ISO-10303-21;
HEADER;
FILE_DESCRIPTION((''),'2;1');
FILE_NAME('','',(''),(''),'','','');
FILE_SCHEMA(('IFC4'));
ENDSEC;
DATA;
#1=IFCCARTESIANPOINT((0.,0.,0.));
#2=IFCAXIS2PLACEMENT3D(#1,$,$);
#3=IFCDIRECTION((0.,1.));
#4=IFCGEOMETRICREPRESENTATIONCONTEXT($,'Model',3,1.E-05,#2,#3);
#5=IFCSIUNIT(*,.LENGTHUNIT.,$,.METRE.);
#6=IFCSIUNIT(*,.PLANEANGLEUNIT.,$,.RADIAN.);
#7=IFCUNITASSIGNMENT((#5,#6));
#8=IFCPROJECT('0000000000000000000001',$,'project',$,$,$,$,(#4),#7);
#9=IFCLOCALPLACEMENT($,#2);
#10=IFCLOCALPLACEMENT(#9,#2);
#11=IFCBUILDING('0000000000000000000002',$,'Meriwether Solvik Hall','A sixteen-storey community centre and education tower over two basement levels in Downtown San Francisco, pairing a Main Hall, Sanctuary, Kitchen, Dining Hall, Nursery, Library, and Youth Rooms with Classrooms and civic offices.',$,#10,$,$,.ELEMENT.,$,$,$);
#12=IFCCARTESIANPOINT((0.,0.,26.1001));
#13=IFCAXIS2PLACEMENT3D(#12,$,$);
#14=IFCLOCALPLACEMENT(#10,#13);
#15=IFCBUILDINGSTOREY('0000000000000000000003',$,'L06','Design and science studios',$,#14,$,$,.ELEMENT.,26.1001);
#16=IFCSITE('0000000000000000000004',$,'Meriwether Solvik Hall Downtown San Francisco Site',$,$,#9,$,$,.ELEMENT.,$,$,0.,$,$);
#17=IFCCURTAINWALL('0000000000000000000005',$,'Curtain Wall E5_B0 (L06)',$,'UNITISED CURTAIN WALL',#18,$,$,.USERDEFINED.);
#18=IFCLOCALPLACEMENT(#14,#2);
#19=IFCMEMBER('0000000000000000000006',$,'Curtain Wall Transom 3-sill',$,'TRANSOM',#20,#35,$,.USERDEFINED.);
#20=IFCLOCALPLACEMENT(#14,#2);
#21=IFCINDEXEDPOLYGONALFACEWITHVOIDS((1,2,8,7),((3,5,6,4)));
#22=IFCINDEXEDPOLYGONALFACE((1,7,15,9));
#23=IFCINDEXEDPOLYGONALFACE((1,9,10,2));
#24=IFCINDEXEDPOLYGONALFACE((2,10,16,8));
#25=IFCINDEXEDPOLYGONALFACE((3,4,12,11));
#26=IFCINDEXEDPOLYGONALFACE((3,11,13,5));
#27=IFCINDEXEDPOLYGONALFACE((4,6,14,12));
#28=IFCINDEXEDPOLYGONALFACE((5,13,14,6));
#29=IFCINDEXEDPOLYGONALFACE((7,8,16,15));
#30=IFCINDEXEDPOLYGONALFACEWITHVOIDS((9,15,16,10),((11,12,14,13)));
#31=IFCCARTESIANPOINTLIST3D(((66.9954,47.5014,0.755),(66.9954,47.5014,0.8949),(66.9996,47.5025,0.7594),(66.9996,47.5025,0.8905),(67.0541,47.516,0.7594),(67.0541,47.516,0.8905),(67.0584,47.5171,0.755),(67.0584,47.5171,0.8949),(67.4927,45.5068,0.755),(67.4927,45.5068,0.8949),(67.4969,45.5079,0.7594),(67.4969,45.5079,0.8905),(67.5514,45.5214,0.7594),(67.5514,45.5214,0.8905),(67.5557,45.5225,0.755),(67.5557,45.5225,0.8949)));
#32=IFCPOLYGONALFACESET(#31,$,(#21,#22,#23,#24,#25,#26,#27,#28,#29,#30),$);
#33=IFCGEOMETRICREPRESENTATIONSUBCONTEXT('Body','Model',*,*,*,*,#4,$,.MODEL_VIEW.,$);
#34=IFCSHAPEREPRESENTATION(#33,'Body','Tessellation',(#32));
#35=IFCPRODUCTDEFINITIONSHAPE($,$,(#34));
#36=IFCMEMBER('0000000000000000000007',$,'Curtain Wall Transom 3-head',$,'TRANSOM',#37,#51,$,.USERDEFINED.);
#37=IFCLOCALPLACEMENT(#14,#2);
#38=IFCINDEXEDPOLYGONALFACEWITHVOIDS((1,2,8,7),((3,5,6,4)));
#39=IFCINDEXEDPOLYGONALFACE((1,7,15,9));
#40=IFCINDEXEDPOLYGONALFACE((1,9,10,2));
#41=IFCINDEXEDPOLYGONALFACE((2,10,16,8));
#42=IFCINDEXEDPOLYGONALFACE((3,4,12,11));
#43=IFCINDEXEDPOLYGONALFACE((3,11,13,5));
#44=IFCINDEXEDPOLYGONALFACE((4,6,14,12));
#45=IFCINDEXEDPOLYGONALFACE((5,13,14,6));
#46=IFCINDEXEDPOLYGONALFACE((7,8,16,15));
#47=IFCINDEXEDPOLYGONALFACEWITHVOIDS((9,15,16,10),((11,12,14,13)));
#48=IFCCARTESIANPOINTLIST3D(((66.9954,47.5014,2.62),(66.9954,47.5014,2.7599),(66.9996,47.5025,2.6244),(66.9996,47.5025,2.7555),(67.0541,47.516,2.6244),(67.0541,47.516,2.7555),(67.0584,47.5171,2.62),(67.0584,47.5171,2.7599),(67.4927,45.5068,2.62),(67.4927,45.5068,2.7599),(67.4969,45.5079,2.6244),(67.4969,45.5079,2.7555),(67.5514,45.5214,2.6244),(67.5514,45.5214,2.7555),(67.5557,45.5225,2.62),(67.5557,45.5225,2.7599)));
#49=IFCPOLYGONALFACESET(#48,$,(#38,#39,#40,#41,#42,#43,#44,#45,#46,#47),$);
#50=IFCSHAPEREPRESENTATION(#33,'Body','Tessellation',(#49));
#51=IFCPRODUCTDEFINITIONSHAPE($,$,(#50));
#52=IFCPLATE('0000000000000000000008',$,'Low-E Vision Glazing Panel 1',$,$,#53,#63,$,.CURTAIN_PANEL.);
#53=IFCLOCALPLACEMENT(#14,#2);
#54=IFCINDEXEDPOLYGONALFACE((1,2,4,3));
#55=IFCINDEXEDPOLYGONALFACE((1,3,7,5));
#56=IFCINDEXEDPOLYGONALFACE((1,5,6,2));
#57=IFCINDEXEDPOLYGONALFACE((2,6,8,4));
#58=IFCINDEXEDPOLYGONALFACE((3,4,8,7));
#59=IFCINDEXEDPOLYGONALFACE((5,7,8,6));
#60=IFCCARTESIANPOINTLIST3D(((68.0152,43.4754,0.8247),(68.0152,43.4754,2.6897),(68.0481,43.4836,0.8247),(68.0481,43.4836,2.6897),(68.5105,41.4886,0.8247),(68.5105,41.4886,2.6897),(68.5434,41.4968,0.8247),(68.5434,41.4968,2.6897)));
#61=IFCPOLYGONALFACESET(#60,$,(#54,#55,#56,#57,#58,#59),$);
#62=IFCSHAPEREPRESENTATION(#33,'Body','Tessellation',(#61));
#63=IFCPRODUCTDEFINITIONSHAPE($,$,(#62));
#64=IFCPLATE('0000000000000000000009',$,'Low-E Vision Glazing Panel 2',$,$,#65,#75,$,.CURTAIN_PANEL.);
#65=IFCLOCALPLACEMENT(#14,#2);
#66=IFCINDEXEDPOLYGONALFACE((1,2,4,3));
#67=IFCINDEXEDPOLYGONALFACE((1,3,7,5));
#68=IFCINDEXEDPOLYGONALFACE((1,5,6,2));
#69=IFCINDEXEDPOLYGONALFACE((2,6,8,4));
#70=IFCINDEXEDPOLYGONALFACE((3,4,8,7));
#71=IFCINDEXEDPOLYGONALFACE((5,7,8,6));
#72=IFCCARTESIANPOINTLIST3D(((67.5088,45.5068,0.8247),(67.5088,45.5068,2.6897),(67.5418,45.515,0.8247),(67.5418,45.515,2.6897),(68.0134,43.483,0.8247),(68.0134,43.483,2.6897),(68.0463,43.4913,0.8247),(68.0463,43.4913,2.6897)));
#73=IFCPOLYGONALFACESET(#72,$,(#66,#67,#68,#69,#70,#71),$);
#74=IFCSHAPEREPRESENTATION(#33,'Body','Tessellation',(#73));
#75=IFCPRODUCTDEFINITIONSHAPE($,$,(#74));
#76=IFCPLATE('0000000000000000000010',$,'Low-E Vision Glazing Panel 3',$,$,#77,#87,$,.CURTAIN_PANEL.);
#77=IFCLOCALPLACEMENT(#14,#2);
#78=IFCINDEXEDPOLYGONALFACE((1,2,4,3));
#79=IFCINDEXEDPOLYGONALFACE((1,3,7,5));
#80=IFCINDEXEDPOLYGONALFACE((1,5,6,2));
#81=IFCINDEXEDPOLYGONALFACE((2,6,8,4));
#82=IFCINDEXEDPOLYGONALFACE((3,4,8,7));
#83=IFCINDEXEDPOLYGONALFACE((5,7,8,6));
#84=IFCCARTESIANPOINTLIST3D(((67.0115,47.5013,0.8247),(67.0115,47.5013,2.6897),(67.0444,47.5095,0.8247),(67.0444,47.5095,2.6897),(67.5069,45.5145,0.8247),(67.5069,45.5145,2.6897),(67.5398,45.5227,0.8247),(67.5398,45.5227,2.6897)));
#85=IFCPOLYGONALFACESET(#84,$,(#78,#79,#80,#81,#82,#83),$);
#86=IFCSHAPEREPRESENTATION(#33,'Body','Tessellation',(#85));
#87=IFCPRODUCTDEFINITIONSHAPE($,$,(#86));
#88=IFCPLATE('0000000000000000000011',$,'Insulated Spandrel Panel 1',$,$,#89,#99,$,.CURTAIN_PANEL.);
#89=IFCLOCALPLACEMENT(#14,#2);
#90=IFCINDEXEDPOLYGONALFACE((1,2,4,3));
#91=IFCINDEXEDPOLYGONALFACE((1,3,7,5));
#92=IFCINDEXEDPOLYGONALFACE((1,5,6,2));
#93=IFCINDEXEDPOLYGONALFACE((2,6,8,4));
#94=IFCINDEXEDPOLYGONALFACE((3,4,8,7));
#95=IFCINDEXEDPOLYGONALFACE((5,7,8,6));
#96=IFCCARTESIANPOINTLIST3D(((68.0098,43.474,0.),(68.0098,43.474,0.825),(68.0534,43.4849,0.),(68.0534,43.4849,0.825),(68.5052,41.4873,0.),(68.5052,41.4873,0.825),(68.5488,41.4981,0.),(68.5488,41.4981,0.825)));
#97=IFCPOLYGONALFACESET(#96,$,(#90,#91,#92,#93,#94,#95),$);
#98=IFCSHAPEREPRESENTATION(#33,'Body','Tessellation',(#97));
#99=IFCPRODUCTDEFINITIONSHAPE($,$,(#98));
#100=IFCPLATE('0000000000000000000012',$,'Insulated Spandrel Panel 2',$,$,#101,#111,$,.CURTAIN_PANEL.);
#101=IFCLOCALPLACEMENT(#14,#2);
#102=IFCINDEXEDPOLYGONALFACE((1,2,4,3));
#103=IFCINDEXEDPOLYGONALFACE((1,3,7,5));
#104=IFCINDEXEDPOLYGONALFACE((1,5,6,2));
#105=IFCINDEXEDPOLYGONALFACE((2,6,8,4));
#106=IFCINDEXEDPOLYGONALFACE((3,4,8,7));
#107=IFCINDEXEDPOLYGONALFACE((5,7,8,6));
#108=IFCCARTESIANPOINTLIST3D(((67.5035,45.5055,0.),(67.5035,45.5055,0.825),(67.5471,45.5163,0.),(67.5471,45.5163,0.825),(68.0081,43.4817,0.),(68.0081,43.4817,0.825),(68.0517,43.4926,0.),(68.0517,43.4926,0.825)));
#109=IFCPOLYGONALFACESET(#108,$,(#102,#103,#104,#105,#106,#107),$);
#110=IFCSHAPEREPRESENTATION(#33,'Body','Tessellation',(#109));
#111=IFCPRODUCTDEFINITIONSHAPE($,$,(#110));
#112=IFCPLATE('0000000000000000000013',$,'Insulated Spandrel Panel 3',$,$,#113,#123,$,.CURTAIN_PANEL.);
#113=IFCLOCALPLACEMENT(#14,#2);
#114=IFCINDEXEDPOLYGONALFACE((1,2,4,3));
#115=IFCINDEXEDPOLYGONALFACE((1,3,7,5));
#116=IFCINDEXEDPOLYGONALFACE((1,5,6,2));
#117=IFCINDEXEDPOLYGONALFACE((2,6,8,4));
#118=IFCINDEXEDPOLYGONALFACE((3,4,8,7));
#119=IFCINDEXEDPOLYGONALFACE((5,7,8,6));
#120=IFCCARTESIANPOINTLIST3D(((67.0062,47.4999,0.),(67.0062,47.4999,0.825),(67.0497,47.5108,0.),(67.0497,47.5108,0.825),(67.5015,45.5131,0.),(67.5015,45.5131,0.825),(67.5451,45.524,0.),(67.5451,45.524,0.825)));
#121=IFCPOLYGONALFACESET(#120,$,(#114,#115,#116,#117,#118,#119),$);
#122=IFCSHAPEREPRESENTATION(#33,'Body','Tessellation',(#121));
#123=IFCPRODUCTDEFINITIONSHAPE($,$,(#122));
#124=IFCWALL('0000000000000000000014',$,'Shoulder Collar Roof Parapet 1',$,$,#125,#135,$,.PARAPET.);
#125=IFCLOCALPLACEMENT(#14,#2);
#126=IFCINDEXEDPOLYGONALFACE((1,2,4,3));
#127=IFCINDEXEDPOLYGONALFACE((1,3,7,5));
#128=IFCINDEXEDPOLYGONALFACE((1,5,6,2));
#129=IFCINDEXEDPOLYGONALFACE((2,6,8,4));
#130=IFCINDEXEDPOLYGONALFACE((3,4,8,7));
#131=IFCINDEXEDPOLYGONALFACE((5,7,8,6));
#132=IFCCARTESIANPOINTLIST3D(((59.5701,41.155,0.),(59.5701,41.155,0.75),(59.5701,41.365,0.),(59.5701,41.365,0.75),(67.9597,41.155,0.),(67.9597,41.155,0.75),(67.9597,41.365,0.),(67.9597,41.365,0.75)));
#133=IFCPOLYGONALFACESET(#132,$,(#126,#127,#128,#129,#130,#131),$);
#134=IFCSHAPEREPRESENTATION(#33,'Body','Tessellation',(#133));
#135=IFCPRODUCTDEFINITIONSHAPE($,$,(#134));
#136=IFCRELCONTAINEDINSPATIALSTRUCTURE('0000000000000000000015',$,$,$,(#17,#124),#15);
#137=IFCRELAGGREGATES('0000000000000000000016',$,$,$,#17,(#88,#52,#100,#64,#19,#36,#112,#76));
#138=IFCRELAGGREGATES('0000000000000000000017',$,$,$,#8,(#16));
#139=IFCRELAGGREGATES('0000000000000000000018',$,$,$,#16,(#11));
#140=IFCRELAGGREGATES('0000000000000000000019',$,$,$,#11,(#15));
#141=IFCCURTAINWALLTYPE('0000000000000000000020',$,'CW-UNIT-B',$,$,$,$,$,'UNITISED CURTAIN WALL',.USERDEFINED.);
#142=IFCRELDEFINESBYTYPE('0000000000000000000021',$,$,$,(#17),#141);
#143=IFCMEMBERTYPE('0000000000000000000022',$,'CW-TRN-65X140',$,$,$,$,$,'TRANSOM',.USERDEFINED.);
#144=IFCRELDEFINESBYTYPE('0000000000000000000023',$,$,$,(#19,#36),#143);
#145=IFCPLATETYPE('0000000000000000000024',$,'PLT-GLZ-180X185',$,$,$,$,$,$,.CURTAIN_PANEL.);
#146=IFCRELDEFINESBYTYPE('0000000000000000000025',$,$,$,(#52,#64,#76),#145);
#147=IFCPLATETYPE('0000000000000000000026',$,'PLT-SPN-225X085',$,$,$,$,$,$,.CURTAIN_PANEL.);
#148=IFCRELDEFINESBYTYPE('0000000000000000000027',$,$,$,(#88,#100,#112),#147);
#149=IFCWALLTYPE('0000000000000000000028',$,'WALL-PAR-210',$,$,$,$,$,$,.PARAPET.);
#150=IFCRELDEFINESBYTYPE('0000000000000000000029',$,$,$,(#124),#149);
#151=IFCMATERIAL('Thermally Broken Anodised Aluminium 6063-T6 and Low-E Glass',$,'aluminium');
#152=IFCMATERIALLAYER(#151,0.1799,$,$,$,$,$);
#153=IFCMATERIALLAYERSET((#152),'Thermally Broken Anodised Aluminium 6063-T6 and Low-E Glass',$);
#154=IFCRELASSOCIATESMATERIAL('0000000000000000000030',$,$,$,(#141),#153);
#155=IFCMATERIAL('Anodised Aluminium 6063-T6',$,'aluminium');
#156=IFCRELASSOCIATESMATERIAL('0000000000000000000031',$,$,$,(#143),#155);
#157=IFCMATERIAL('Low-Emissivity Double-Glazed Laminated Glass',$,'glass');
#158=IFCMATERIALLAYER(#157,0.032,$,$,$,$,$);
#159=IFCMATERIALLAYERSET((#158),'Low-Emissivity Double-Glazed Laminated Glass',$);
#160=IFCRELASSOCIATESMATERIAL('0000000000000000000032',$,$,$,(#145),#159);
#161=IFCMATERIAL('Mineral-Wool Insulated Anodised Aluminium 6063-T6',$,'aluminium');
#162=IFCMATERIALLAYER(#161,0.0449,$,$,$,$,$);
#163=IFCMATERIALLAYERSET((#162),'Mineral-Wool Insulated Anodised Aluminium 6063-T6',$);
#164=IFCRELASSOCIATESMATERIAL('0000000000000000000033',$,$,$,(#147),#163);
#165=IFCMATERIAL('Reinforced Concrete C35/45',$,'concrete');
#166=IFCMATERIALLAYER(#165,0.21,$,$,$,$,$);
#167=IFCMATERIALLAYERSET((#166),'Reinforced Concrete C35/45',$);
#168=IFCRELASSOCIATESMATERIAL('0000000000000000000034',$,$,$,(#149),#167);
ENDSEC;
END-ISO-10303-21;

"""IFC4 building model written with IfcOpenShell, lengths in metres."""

from ifc_helpers import new_model, si_unit, direction, frame, frame_2d, origin, origin_2d, place, context, subcontext, project, spatial, rectangle, hollow_rectangle, extrude, material, layer, layer_set, material_profile, profile_set, type_object, element, aggregate, save


model = new_model("IFC4")

# Units and contexts
model_context = context("Model", 3, precision=1e-05, world=origin(), true_north=direction((0.0, 1.0)))
body_context = subcontext(model_context, "Body", "Model", "MODEL_VIEW")
ifc_project = project(units=[si_unit("LENGTHUNIT", "METRE"), si_unit("PLANEANGLEUNIT", "RADIAN")], contexts=[model_context])

# Site, building, storey
site_placement = place(None, origin())
site = spatial("IfcSite", under=ifc_project, at=site_placement, Name="Meriwether Solvik Hall Downtown San Francisco Site", CompositionType="ELEMENT", RefElevation=0.0)
building_placement = place(site_placement, origin())
building = spatial("IfcBuilding", under=site, at=building_placement, Name="Meriwether Solvik Hall", Description="A sixteen-storey community centre and education tower over two basement levels in Downtown San Francisco, pairing a Main Hall, Sanctuary, Kitchen, Dining Hall, Nursery, Library, and Youth Rooms with Classrooms and civic offices.", CompositionType="ELEMENT")
storey_placement = place(building_placement, frame((0.0, 0.0, 26.1001)))
storey = spatial("IfcBuildingStorey", under=building, at=storey_placement, Name="L06", Description="Design and science studios", CompositionType="ELEMENT", Elevation=26.1001)

# Curtain wall, members, plates
ifc_material_1 = material(Name="Thermally Broken Anodised Aluminium 6063-T6 and Low-E Glass", Category="aluminium")
ifc_layer_1 = layer(ifc_material_1, 0.1799)
ifc_layer_set_1 = layer_set([ifc_layer_1], Name="Thermally Broken Anodised Aluminium 6063-T6 and Low-E Glass")
curtain_wall_type = type_object("IfcCurtainWallType", Name="CW-UNIT-B", ElementType="UNITISED CURTAIN WALL", PredefinedType="USERDEFINED", material=ifc_layer_set_1)
curtain_wall_placement = place(storey_placement, origin())
curtain_wall = element("IfcCurtainWall", 1, at=curtain_wall_placement, inside=storey, type_object=curtain_wall_type, Name="Curtain Wall E5_B0 (L06)", ObjectType="UNITISED CURTAIN WALL", PredefinedType="USERDEFINED")
ifc_material_2 = material(Name="Anodised Aluminium 6063-T6", Category="aluminium")
ifc_material_profile_1 = material_profile(ifc_material_2, hollow_rectangle(XDim=0.0649, YDim=0.1399, WallThickness=0.0044, at=origin_2d()), Name="CWT-65X140")
ifc_profile_set_1 = profile_set([ifc_material_profile_1], Name="Anodised Aluminium 6063-T6")
member_type_1 = type_object("IfcMemberType", Name="CW-TRN-65X140", ElementType="TRANSOM", PredefinedType="USERDEFINED", material=ifc_profile_set_1)
member_1_placement = place(storey_placement, frame((67.5242, 45.5146, 0.825), z_axis=(-0.241921, 0.970296, 0.0), x_axis=(-0.970296, -0.241921, 0.0)))
member_1 = element("IfcMember", 2, at=member_1_placement, type_object=member_type_1, Name="Curtain Wall Transom 3-sill", ObjectType="TRANSOM", PredefinedType="USERDEFINED", context=body_context, shape_type="SweptSolid", body=[
    extrude(hollow_rectangle(XDim=0.0649, YDim=0.1399, WallThickness=0.0044, at=origin_2d()), origin(), (0.0, 0.0, 1.0), 2.0557),
])
member_2_placement = place(storey_placement, frame((67.5242, 45.5146, 2.6899), z_axis=(-0.241921, 0.970296, 0.0), x_axis=(-0.970296, -0.241921, 0.0)))
member_2 = element("IfcMember", 3, at=member_2_placement, type_object=member_type_1, Name="Curtain Wall Transom 3-head", ObjectType="TRANSOM", PredefinedType="USERDEFINED", context=body_context, shape_type="SweptSolid", body=[
    extrude(hollow_rectangle(XDim=0.0649, YDim=0.1399, WallThickness=0.0044, at=origin_2d()), origin(), (0.0, 0.0, 1.0), 2.0557),
])
ifc_material_3 = material(Name="Low-Emissivity Double-Glazed Laminated Glass", Category="glass")
ifc_layer_2 = layer(ifc_material_3, 0.032)
ifc_layer_set_2 = layer_set([ifc_layer_2], Name="Low-Emissivity Double-Glazed Laminated Glass")
plate_type_1 = type_object("IfcPlateType", Name="PLT-GLZ-180X185", PredefinedType="CURTAIN_PANEL", material=ifc_layer_set_2)
plate_1_placement = place(storey_placement, frame((68.2793, 42.4861, 0.8247), z_axis=(0.0, 0.0, 1.0), x_axis=(-0.241922, 0.970296, 0.0)))
plate_1 = element("IfcPlate", 4, at=plate_1_placement, type_object=plate_type_1, Name="Low-E Vision Glazing Panel 1", PredefinedType="CURTAIN_PANEL", context=body_context, shape_type="SweptSolid", body=[
    extrude(rectangle(XDim=2.0476, YDim=0.0339, at=origin_2d()), origin(), (0.0, 0.0, 1.0), 1.865),
])
plate_2_placement = place(storey_placement, frame((67.7776, 44.499, 0.8247), z_axis=(0.0, 0.0, 1.0), x_axis=(-0.241922, 0.970296, 0.0)))
plate_2 = element("IfcPlate", 5, at=plate_2_placement, type_object=plate_type_1, Name="Low-E Vision Glazing Panel 2", PredefinedType="CURTAIN_PANEL", context=body_context, shape_type="SweptSolid", body=[
    extrude(rectangle(XDim=2.0857, YDim=0.0339, at=origin_2d()), origin(), (0.0, 0.0, 1.0), 1.865),
])
plate_3_placement = place(storey_placement, frame((67.2756, 46.512, 0.8247), z_axis=(0.0, 0.0, 1.0), x_axis=(-0.241922, 0.970296, 0.0)))
plate_3 = element("IfcPlate", 6, at=plate_3_placement, type_object=plate_type_1, Name="Low-E Vision Glazing Panel 3", PredefinedType="CURTAIN_PANEL", context=body_context, shape_type="SweptSolid", body=[
    extrude(rectangle(XDim=2.0476, YDim=0.0339, at=origin_2d()), origin(), (0.0, 0.0, 1.0), 1.865),
])
ifc_material_4 = material(Name="Mineral-Wool Insulated Anodised Aluminium 6063-T6", Category="aluminium")
ifc_layer_3 = layer(ifc_material_4, 0.0449)
ifc_layer_set_3 = layer_set([ifc_layer_3], Name="Mineral-Wool Insulated Anodised Aluminium 6063-T6")
plate_type_2 = type_object("IfcPlateType", Name="PLT-SPN-225X085", PredefinedType="CURTAIN_PANEL", material=ifc_layer_set_3)
plate_4_placement = place(storey_placement, frame((68.2793, 42.4861, 0.0), z_axis=(0.0, 0.0, 1.0), x_axis=(-0.241922, 0.970296, 0.0)))
plate_4 = element("IfcPlate", 7, at=plate_4_placement, type_object=plate_type_2, Name="Insulated Spandrel Panel 1", PredefinedType="CURTAIN_PANEL", context=body_context, shape_type="SweptSolid", body=[
    extrude(rectangle(XDim=2.0476, YDim=0.0449, at=origin_2d()), origin(), (0.0, 0.0, 1.0), 0.825),
])
plate_5_placement = place(storey_placement, frame((67.7776, 44.499, 0.0), z_axis=(0.0, 0.0, 1.0), x_axis=(-0.241922, 0.970296, 0.0)))
plate_5 = element("IfcPlate", 8, at=plate_5_placement, type_object=plate_type_2, Name="Insulated Spandrel Panel 2", PredefinedType="CURTAIN_PANEL", context=body_context, shape_type="SweptSolid", body=[
    extrude(rectangle(XDim=2.0857, YDim=0.0449, at=origin_2d()), origin(), (0.0, 0.0, 1.0), 0.825),
])
plate_6_placement = place(storey_placement, frame((67.2756, 46.512, 0.0), z_axis=(0.0, 0.0, 1.0), x_axis=(-0.241922, 0.970296, 0.0)))
plate_6 = element("IfcPlate", 9, at=plate_6_placement, type_object=plate_type_2, Name="Insulated Spandrel Panel 3", PredefinedType="CURTAIN_PANEL", context=body_context, shape_type="SweptSolid", body=[
    extrude(rectangle(XDim=2.0476, YDim=0.0449, at=origin_2d()), origin(), (0.0, 0.0, 1.0), 0.825),
])
aggregate(curtain_wall, [plate_4, plate_1, plate_5, plate_2, member_1, member_2, plate_6, plate_3])

# Wall
ifc_material_5 = material(Name="Reinforced Concrete C35/45", Category="concrete")
ifc_layer_4 = layer(ifc_material_5, 0.21)
ifc_layer_set_4 = layer_set([ifc_layer_4], Name="Reinforced Concrete C35/45")
wall_type = type_object("IfcWallType", Name="WALL-PAR-210", PredefinedType="PARAPET", material=ifc_layer_set_4)
wall_placement = place(storey_placement, frame((67.9597, 41.26, 0.0), z_axis=(0.0, 0.0, 1.0), x_axis=(-1.0, 0.0, 0.0)))
element("IfcWall", 10, at=wall_placement, inside=storey, type_object=wall_type, Name="Shoulder Collar Roof Parapet 1", PredefinedType="PARAPET", context=body_context, shape_type="SweptSolid", body=[
    extrude(rectangle(XDim=8.3896, YDim=0.21, at=frame_2d((4.1948, 0.0))), origin(), (0.0, 0.0, 1.0), 0.75),
])

save(model, "model.ifc")
